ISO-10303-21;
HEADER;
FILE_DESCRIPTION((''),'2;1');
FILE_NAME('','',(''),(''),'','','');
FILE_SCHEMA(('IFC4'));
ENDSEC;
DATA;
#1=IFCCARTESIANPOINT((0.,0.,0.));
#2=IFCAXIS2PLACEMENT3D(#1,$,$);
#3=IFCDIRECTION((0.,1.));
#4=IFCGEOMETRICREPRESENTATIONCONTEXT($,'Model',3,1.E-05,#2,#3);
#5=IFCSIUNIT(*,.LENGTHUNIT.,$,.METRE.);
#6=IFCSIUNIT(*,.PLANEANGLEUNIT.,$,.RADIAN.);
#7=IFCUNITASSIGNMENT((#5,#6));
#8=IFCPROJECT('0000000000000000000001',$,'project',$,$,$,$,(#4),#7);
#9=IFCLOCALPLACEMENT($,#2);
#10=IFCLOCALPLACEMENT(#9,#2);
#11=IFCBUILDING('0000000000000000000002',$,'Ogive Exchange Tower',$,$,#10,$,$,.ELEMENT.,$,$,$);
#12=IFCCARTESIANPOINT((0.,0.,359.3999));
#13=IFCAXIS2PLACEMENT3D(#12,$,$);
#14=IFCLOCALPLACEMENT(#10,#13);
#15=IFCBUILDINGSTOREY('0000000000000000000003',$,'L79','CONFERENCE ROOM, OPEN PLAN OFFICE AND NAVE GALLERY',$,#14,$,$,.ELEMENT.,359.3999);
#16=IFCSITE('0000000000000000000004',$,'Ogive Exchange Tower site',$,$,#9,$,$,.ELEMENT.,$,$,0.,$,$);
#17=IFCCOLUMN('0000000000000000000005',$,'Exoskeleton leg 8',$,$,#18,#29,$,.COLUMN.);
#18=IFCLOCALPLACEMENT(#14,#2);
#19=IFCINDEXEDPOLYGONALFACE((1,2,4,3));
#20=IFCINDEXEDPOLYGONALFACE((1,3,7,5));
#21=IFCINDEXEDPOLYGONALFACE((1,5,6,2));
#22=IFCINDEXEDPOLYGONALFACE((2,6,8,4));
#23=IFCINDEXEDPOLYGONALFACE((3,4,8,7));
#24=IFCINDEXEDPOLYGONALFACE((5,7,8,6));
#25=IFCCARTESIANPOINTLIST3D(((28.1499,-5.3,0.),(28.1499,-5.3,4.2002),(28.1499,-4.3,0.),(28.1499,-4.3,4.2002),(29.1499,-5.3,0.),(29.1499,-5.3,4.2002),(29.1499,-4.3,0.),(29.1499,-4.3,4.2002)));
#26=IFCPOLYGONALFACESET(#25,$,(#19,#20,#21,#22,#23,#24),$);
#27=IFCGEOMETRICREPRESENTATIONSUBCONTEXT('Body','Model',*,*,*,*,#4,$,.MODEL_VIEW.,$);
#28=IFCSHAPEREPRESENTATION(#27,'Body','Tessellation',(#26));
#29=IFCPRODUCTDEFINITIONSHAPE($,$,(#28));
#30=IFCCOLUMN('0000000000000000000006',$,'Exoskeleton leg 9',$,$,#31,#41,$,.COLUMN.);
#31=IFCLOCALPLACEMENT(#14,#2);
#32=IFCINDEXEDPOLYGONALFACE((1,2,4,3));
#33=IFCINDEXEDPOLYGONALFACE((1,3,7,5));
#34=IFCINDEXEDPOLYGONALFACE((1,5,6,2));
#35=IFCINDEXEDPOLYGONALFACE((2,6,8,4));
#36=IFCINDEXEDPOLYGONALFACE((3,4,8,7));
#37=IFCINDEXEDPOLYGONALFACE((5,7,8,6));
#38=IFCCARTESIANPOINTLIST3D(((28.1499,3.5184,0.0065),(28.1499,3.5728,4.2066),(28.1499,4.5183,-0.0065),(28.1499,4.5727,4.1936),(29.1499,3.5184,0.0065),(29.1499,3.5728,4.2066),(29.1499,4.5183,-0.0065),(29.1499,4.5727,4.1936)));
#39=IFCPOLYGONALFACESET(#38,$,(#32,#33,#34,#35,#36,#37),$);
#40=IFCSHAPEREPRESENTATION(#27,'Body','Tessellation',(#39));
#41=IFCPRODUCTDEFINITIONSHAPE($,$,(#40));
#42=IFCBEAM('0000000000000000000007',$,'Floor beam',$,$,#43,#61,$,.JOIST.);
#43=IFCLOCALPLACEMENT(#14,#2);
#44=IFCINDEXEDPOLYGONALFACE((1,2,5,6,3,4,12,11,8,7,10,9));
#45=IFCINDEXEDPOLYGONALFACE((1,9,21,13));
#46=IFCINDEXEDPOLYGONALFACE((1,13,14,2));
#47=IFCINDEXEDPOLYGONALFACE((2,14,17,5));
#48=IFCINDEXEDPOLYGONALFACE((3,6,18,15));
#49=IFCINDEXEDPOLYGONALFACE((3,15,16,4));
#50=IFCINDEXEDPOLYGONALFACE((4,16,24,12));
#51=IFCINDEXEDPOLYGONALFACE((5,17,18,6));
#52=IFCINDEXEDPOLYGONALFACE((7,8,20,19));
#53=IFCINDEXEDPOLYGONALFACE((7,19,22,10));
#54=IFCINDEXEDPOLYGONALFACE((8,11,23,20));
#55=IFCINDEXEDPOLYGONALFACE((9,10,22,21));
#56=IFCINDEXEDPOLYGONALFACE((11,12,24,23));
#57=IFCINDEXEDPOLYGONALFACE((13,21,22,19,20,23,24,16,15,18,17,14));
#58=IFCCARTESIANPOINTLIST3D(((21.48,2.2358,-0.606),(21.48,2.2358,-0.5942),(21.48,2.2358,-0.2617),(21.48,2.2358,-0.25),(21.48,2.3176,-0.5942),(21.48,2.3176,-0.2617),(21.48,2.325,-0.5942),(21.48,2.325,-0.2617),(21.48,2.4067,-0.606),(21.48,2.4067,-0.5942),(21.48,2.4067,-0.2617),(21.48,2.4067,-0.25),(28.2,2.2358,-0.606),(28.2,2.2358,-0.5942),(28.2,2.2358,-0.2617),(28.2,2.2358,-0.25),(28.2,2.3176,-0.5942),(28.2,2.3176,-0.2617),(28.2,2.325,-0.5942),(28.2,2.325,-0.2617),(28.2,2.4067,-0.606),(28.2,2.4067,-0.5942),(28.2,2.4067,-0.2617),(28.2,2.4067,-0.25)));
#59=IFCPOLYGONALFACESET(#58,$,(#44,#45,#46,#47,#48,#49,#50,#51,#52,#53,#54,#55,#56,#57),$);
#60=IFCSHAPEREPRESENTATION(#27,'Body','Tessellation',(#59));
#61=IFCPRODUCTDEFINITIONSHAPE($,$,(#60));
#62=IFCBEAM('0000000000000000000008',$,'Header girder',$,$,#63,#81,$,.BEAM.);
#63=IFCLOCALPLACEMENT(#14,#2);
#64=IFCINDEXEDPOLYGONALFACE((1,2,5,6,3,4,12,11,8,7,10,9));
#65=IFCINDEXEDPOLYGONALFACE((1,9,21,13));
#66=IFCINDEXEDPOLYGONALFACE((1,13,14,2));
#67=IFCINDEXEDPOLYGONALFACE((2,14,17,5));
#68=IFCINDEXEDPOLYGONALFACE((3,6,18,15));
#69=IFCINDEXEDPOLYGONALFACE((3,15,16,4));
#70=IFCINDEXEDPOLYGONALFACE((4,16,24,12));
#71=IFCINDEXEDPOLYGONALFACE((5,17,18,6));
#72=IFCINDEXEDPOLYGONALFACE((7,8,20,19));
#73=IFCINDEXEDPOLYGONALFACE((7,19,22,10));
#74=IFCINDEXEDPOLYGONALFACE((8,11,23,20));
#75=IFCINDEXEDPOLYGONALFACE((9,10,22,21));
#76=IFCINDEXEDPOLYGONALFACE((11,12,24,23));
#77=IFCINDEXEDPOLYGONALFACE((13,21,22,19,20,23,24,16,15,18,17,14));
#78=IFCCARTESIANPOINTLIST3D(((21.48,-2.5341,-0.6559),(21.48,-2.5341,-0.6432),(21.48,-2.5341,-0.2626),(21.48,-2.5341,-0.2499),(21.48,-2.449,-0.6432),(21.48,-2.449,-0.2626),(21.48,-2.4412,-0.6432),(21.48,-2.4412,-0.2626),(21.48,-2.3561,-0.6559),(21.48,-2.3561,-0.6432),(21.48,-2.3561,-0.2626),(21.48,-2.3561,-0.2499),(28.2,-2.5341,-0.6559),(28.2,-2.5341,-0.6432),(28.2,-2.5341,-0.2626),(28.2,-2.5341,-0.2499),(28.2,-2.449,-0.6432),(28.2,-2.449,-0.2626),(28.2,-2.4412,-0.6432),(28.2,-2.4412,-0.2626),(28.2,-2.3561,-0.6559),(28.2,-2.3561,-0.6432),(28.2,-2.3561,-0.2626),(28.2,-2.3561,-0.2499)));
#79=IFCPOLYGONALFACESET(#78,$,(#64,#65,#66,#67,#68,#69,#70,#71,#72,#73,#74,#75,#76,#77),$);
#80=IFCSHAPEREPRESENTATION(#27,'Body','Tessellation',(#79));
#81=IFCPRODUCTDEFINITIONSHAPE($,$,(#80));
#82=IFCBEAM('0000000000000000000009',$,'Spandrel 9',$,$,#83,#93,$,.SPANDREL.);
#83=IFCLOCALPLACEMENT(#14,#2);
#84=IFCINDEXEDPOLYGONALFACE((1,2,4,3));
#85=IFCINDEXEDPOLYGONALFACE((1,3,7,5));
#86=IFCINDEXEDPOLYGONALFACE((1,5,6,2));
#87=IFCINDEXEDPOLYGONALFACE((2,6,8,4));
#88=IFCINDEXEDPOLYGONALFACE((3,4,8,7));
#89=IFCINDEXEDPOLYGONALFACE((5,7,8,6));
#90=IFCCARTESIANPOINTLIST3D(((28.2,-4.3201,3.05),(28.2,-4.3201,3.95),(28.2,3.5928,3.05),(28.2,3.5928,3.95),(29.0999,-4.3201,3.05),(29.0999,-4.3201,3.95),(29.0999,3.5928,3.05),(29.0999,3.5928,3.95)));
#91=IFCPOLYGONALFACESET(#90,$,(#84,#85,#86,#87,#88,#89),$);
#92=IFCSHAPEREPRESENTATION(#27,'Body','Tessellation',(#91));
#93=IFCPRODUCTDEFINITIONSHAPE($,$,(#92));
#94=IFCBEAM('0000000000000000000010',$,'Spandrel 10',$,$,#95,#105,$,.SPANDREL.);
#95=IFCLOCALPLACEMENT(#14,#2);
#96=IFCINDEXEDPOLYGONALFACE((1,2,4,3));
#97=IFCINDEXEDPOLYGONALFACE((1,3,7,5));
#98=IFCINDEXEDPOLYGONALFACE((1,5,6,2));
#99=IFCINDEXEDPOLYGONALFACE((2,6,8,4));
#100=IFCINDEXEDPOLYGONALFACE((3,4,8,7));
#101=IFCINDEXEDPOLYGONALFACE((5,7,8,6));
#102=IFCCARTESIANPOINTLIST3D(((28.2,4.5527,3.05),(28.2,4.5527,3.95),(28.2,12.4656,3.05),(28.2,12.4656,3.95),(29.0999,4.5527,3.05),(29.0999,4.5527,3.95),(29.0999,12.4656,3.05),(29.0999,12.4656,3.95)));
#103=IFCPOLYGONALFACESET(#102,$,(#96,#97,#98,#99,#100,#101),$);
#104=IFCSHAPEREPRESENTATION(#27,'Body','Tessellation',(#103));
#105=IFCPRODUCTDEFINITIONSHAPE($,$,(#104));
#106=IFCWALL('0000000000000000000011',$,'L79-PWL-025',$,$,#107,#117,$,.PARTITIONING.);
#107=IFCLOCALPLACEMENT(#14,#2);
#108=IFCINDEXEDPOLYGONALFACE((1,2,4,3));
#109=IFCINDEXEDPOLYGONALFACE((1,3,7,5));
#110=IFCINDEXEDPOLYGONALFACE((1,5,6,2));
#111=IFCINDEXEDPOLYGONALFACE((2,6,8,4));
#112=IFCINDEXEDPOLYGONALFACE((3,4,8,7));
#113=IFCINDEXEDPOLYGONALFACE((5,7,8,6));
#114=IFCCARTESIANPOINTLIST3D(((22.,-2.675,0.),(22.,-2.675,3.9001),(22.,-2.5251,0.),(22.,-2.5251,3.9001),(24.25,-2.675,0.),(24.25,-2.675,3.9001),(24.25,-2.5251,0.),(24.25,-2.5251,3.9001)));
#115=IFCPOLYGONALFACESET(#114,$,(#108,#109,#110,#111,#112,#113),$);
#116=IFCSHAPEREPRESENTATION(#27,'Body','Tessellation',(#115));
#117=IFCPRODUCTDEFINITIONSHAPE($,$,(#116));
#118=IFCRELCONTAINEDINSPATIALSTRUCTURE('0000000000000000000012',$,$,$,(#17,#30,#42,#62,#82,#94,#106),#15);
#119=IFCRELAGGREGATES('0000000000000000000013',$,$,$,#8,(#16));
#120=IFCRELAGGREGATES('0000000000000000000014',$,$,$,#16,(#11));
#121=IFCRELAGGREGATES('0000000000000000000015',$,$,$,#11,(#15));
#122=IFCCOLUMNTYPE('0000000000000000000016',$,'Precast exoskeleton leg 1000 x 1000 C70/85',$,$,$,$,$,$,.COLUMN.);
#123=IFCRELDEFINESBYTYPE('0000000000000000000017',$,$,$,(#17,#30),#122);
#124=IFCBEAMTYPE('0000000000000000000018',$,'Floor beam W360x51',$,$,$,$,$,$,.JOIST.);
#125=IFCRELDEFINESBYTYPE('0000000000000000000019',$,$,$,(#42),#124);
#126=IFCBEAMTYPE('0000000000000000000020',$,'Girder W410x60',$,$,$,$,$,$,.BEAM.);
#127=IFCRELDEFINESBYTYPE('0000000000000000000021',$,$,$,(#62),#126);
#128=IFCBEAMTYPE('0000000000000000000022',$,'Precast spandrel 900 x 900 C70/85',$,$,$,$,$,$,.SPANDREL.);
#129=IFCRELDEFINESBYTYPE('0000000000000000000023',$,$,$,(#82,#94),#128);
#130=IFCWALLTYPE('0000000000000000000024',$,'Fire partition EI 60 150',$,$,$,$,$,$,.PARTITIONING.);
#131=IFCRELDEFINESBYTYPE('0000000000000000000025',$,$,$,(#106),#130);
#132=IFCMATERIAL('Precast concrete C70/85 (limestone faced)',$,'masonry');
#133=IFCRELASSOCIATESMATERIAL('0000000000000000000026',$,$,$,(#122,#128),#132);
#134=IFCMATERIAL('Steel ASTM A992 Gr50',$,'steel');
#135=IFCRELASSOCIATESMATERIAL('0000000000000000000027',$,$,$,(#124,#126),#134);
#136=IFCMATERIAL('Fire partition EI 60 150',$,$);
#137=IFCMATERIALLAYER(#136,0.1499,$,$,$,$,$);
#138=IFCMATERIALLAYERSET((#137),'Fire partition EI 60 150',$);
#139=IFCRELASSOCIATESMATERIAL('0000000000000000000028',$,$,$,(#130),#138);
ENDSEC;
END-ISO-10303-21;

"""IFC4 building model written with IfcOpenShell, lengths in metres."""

from ifc_helpers import new_model, si_unit, direction, frame, frame_2d, origin, origin_2d, place, context, subcontext, project, spatial, rectangle, i_section, extrude, material, layer, layer_set, material_profile, profile_set, type_object, element, save


model = new_model("IFC4")

# Units and contexts
model_context = context("Model", 3, precision=1e-05, world=origin(), true_north=direction((0.0, 1.0)))
body_context = subcontext(model_context, "Body", "Model", "MODEL_VIEW")
ifc_project = project(units=[si_unit("LENGTHUNIT", "METRE"), si_unit("PLANEANGLEUNIT", "RADIAN")], contexts=[model_context])

# Site, building, storey
site_placement = place(None, origin())
site = spatial("IfcSite", under=ifc_project, at=site_placement, Name="Ogive Exchange Tower site", CompositionType="ELEMENT", RefElevation=0.0)
building_placement = place(site_placement, origin())
building = spatial("IfcBuilding", under=site, at=building_placement, Name="Ogive Exchange Tower", CompositionType="ELEMENT")
storey_placement = place(building_placement, frame((0.0, 0.0, 359.3999)))
storey = spatial("IfcBuildingStorey", under=building, at=storey_placement, Name="L79", Description="CONFERENCE ROOM, OPEN PLAN OFFICE AND NAVE GALLERY", CompositionType="ELEMENT", Elevation=359.3999)

# Columns
ifc_material_1 = material(Name="Precast concrete C70/85 (limestone faced)", Category="masonry")
ifc_material_profile_1 = material_profile(ifc_material_1, rectangle(XDim=1.0, YDim=1.0, at=origin_2d()), Name="1000 x 1000")
ifc_profile_set_1 = profile_set([ifc_material_profile_1], Name="Precast concrete C70/85 (limestone faced)")
column_type = type_object("IfcColumnType", Name="Precast exoskeleton leg 1000 x 1000 C70/85", PredefinedType="COLUMN", material=ifc_profile_set_1)
column_1_placement = place(storey_placement, frame((28.6499, -4.8, 0.0), z_axis=(0.0, 0.0, 1.0), x_axis=(1.0, 0.0, 0.0)))
element("IfcColumn", 1, at=column_1_placement, inside=storey, type_object=column_type, Name="Exoskeleton leg 8", PredefinedType="COLUMN", context=body_context, shape_type="SweptSolid", body=[
    extrude(rectangle(XDim=1.0, YDim=1.0, at=origin_2d()), origin(), (0.0, 0.0, 1.0), 4.2002),
])
column_2_placement = place(storey_placement, frame((28.6499, 4.0183, 0.0), z_axis=(0.0, 0.012961, 0.999916), x_axis=(-1.0, 0.0, 0.0)))
element("IfcColumn", 2, at=column_2_placement, inside=storey, type_object=column_type, Name="Exoskeleton leg 9", PredefinedType="COLUMN", context=body_context, shape_type="SweptSolid", body=[
    extrude(rectangle(XDim=1.0, YDim=1.0, at=origin_2d()), origin(), (0.0, 0.0, 1.0), 4.2004),
])

# Beams
ifc_material_2 = material(Name="Steel ASTM A992 Gr50", Category="steel")
ifc_material_profile_2 = material_profile(ifc_material_2, i_section(OverallWidth=0.1709, OverallDepth=0.356, WebThickness=0.0073, FlangeThickness=0.0117, at=origin_2d()), Name="W360x51")
ifc_profile_set_2 = profile_set([ifc_material_profile_2], Name="Steel ASTM A992 Gr50")
beam_type_1 = type_object("IfcBeamType", Name="Floor beam W360x51", PredefinedType="JOIST", material=ifc_profile_set_2)
beam_1_placement = place(storey_placement, frame((21.48, 2.3213, -0.428), z_axis=(1.0, 0.0, 0.0), x_axis=(0.0, 1.0, 0.0)))
element("IfcBeam", 3, at=beam_1_placement, inside=storey, type_object=beam_type_1, Name="Floor beam", PredefinedType="JOIST", context=body_context, shape_type="SweptSolid", body=[
    extrude(i_section(OverallWidth=0.1709, OverallDepth=0.356, WebThickness=0.0073, FlangeThickness=0.0117, at=origin_2d()), origin(), (0.0, 0.0, 1.0), 6.72),
])
ifc_material_profile_3 = material_profile(ifc_material_2, i_section(OverallWidth=0.178, OverallDepth=0.406, WebThickness=0.0078, FlangeThickness=0.0127, at=origin_2d()), Name="W410x60")
ifc_profile_set_3 = profile_set([ifc_material_profile_3], Name="Steel ASTM A992 Gr50")
beam_type_2 = type_object("IfcBeamType", Name="Girder W410x60", PredefinedType="BEAM", material=ifc_profile_set_3)
beam_2_placement = place(storey_placement, frame((21.48, -2.4451, -0.4529), z_axis=(1.0, 0.0, 0.0), x_axis=(0.0, 1.0, 0.0)))
element("IfcBeam", 4, at=beam_2_placement, inside=storey, type_object=beam_type_2, Name="Header girder", PredefinedType="BEAM", context=body_context, shape_type="SweptSolid", body=[
    extrude(i_section(OverallWidth=0.178, OverallDepth=0.406, WebThickness=0.0078, FlangeThickness=0.0127, at=origin_2d()), origin(), (0.0, 0.0, 1.0), 6.72),
])
ifc_material_profile_4 = material_profile(ifc_material_1, rectangle(XDim=0.8999, YDim=0.8999, at=origin_2d()), Name="900 x 900")
ifc_profile_set_4 = profile_set([ifc_material_profile_4], Name="Precast concrete C70/85 (limestone faced)")
beam_type_3 = type_object("IfcBeamType", Name="Precast spandrel 900 x 900 C70/85", PredefinedType="SPANDREL", material=ifc_profile_set_4)
for number, where, z_axis, x_axis, name in (
    (5, (28.6499, -4.3201, 3.5), (0.0, 1.0, 0.0), (-1.0, 0.0, 0.0), "Spandrel 9"),
    (6, (28.6499, 4.5527, 3.5), (0.0, 1.0, 0.0), (-1.0, 0.0, 0.0), "Spandrel 10"),
):
    element("IfcBeam", number, at=place(storey_placement, frame(where, z_axis=z_axis, x_axis=x_axis)), inside=storey, type_object=beam_type_3, Name=name, PredefinedType="SPANDREL", context=body_context, shape_type="SweptSolid", body=[
        extrude(rectangle(XDim=0.8999, YDim=0.8999, at=origin_2d()), origin(), (0.0, 0.0, 1.0), 7.9128),
    ])

# Wall
ifc_material_3 = material(Name="Fire partition EI 60 150")
ifc_layer_1 = layer(ifc_material_3, 0.1499)
ifc_layer_set_1 = layer_set([ifc_layer_1], Name="Fire partition EI 60 150")
wall_type_1 = type_object("IfcWallType", Name="Fire partition EI 60 150", PredefinedType="PARTITIONING", material=ifc_layer_set_1)
wall_1_placement = place(storey_placement, frame((22.0, -2.6001, 0.0), z_axis=(0.0, 0.0, 1.0), x_axis=(1.0, 0.0, 0.0)))
element("IfcWall", 7, at=wall_1_placement, inside=storey, type_object=wall_type_1, Name="L79-PWL-025", PredefinedType="PARTITIONING", context=body_context, shape_type="SweptSolid", body=[
    extrude(rectangle(XDim=2.25, YDim=0.1499, at=frame_2d((1.125, 0.0))), origin(), (0.0, 0.0, 1.0), 3.9001),
])

save(model, "model.ifc")
